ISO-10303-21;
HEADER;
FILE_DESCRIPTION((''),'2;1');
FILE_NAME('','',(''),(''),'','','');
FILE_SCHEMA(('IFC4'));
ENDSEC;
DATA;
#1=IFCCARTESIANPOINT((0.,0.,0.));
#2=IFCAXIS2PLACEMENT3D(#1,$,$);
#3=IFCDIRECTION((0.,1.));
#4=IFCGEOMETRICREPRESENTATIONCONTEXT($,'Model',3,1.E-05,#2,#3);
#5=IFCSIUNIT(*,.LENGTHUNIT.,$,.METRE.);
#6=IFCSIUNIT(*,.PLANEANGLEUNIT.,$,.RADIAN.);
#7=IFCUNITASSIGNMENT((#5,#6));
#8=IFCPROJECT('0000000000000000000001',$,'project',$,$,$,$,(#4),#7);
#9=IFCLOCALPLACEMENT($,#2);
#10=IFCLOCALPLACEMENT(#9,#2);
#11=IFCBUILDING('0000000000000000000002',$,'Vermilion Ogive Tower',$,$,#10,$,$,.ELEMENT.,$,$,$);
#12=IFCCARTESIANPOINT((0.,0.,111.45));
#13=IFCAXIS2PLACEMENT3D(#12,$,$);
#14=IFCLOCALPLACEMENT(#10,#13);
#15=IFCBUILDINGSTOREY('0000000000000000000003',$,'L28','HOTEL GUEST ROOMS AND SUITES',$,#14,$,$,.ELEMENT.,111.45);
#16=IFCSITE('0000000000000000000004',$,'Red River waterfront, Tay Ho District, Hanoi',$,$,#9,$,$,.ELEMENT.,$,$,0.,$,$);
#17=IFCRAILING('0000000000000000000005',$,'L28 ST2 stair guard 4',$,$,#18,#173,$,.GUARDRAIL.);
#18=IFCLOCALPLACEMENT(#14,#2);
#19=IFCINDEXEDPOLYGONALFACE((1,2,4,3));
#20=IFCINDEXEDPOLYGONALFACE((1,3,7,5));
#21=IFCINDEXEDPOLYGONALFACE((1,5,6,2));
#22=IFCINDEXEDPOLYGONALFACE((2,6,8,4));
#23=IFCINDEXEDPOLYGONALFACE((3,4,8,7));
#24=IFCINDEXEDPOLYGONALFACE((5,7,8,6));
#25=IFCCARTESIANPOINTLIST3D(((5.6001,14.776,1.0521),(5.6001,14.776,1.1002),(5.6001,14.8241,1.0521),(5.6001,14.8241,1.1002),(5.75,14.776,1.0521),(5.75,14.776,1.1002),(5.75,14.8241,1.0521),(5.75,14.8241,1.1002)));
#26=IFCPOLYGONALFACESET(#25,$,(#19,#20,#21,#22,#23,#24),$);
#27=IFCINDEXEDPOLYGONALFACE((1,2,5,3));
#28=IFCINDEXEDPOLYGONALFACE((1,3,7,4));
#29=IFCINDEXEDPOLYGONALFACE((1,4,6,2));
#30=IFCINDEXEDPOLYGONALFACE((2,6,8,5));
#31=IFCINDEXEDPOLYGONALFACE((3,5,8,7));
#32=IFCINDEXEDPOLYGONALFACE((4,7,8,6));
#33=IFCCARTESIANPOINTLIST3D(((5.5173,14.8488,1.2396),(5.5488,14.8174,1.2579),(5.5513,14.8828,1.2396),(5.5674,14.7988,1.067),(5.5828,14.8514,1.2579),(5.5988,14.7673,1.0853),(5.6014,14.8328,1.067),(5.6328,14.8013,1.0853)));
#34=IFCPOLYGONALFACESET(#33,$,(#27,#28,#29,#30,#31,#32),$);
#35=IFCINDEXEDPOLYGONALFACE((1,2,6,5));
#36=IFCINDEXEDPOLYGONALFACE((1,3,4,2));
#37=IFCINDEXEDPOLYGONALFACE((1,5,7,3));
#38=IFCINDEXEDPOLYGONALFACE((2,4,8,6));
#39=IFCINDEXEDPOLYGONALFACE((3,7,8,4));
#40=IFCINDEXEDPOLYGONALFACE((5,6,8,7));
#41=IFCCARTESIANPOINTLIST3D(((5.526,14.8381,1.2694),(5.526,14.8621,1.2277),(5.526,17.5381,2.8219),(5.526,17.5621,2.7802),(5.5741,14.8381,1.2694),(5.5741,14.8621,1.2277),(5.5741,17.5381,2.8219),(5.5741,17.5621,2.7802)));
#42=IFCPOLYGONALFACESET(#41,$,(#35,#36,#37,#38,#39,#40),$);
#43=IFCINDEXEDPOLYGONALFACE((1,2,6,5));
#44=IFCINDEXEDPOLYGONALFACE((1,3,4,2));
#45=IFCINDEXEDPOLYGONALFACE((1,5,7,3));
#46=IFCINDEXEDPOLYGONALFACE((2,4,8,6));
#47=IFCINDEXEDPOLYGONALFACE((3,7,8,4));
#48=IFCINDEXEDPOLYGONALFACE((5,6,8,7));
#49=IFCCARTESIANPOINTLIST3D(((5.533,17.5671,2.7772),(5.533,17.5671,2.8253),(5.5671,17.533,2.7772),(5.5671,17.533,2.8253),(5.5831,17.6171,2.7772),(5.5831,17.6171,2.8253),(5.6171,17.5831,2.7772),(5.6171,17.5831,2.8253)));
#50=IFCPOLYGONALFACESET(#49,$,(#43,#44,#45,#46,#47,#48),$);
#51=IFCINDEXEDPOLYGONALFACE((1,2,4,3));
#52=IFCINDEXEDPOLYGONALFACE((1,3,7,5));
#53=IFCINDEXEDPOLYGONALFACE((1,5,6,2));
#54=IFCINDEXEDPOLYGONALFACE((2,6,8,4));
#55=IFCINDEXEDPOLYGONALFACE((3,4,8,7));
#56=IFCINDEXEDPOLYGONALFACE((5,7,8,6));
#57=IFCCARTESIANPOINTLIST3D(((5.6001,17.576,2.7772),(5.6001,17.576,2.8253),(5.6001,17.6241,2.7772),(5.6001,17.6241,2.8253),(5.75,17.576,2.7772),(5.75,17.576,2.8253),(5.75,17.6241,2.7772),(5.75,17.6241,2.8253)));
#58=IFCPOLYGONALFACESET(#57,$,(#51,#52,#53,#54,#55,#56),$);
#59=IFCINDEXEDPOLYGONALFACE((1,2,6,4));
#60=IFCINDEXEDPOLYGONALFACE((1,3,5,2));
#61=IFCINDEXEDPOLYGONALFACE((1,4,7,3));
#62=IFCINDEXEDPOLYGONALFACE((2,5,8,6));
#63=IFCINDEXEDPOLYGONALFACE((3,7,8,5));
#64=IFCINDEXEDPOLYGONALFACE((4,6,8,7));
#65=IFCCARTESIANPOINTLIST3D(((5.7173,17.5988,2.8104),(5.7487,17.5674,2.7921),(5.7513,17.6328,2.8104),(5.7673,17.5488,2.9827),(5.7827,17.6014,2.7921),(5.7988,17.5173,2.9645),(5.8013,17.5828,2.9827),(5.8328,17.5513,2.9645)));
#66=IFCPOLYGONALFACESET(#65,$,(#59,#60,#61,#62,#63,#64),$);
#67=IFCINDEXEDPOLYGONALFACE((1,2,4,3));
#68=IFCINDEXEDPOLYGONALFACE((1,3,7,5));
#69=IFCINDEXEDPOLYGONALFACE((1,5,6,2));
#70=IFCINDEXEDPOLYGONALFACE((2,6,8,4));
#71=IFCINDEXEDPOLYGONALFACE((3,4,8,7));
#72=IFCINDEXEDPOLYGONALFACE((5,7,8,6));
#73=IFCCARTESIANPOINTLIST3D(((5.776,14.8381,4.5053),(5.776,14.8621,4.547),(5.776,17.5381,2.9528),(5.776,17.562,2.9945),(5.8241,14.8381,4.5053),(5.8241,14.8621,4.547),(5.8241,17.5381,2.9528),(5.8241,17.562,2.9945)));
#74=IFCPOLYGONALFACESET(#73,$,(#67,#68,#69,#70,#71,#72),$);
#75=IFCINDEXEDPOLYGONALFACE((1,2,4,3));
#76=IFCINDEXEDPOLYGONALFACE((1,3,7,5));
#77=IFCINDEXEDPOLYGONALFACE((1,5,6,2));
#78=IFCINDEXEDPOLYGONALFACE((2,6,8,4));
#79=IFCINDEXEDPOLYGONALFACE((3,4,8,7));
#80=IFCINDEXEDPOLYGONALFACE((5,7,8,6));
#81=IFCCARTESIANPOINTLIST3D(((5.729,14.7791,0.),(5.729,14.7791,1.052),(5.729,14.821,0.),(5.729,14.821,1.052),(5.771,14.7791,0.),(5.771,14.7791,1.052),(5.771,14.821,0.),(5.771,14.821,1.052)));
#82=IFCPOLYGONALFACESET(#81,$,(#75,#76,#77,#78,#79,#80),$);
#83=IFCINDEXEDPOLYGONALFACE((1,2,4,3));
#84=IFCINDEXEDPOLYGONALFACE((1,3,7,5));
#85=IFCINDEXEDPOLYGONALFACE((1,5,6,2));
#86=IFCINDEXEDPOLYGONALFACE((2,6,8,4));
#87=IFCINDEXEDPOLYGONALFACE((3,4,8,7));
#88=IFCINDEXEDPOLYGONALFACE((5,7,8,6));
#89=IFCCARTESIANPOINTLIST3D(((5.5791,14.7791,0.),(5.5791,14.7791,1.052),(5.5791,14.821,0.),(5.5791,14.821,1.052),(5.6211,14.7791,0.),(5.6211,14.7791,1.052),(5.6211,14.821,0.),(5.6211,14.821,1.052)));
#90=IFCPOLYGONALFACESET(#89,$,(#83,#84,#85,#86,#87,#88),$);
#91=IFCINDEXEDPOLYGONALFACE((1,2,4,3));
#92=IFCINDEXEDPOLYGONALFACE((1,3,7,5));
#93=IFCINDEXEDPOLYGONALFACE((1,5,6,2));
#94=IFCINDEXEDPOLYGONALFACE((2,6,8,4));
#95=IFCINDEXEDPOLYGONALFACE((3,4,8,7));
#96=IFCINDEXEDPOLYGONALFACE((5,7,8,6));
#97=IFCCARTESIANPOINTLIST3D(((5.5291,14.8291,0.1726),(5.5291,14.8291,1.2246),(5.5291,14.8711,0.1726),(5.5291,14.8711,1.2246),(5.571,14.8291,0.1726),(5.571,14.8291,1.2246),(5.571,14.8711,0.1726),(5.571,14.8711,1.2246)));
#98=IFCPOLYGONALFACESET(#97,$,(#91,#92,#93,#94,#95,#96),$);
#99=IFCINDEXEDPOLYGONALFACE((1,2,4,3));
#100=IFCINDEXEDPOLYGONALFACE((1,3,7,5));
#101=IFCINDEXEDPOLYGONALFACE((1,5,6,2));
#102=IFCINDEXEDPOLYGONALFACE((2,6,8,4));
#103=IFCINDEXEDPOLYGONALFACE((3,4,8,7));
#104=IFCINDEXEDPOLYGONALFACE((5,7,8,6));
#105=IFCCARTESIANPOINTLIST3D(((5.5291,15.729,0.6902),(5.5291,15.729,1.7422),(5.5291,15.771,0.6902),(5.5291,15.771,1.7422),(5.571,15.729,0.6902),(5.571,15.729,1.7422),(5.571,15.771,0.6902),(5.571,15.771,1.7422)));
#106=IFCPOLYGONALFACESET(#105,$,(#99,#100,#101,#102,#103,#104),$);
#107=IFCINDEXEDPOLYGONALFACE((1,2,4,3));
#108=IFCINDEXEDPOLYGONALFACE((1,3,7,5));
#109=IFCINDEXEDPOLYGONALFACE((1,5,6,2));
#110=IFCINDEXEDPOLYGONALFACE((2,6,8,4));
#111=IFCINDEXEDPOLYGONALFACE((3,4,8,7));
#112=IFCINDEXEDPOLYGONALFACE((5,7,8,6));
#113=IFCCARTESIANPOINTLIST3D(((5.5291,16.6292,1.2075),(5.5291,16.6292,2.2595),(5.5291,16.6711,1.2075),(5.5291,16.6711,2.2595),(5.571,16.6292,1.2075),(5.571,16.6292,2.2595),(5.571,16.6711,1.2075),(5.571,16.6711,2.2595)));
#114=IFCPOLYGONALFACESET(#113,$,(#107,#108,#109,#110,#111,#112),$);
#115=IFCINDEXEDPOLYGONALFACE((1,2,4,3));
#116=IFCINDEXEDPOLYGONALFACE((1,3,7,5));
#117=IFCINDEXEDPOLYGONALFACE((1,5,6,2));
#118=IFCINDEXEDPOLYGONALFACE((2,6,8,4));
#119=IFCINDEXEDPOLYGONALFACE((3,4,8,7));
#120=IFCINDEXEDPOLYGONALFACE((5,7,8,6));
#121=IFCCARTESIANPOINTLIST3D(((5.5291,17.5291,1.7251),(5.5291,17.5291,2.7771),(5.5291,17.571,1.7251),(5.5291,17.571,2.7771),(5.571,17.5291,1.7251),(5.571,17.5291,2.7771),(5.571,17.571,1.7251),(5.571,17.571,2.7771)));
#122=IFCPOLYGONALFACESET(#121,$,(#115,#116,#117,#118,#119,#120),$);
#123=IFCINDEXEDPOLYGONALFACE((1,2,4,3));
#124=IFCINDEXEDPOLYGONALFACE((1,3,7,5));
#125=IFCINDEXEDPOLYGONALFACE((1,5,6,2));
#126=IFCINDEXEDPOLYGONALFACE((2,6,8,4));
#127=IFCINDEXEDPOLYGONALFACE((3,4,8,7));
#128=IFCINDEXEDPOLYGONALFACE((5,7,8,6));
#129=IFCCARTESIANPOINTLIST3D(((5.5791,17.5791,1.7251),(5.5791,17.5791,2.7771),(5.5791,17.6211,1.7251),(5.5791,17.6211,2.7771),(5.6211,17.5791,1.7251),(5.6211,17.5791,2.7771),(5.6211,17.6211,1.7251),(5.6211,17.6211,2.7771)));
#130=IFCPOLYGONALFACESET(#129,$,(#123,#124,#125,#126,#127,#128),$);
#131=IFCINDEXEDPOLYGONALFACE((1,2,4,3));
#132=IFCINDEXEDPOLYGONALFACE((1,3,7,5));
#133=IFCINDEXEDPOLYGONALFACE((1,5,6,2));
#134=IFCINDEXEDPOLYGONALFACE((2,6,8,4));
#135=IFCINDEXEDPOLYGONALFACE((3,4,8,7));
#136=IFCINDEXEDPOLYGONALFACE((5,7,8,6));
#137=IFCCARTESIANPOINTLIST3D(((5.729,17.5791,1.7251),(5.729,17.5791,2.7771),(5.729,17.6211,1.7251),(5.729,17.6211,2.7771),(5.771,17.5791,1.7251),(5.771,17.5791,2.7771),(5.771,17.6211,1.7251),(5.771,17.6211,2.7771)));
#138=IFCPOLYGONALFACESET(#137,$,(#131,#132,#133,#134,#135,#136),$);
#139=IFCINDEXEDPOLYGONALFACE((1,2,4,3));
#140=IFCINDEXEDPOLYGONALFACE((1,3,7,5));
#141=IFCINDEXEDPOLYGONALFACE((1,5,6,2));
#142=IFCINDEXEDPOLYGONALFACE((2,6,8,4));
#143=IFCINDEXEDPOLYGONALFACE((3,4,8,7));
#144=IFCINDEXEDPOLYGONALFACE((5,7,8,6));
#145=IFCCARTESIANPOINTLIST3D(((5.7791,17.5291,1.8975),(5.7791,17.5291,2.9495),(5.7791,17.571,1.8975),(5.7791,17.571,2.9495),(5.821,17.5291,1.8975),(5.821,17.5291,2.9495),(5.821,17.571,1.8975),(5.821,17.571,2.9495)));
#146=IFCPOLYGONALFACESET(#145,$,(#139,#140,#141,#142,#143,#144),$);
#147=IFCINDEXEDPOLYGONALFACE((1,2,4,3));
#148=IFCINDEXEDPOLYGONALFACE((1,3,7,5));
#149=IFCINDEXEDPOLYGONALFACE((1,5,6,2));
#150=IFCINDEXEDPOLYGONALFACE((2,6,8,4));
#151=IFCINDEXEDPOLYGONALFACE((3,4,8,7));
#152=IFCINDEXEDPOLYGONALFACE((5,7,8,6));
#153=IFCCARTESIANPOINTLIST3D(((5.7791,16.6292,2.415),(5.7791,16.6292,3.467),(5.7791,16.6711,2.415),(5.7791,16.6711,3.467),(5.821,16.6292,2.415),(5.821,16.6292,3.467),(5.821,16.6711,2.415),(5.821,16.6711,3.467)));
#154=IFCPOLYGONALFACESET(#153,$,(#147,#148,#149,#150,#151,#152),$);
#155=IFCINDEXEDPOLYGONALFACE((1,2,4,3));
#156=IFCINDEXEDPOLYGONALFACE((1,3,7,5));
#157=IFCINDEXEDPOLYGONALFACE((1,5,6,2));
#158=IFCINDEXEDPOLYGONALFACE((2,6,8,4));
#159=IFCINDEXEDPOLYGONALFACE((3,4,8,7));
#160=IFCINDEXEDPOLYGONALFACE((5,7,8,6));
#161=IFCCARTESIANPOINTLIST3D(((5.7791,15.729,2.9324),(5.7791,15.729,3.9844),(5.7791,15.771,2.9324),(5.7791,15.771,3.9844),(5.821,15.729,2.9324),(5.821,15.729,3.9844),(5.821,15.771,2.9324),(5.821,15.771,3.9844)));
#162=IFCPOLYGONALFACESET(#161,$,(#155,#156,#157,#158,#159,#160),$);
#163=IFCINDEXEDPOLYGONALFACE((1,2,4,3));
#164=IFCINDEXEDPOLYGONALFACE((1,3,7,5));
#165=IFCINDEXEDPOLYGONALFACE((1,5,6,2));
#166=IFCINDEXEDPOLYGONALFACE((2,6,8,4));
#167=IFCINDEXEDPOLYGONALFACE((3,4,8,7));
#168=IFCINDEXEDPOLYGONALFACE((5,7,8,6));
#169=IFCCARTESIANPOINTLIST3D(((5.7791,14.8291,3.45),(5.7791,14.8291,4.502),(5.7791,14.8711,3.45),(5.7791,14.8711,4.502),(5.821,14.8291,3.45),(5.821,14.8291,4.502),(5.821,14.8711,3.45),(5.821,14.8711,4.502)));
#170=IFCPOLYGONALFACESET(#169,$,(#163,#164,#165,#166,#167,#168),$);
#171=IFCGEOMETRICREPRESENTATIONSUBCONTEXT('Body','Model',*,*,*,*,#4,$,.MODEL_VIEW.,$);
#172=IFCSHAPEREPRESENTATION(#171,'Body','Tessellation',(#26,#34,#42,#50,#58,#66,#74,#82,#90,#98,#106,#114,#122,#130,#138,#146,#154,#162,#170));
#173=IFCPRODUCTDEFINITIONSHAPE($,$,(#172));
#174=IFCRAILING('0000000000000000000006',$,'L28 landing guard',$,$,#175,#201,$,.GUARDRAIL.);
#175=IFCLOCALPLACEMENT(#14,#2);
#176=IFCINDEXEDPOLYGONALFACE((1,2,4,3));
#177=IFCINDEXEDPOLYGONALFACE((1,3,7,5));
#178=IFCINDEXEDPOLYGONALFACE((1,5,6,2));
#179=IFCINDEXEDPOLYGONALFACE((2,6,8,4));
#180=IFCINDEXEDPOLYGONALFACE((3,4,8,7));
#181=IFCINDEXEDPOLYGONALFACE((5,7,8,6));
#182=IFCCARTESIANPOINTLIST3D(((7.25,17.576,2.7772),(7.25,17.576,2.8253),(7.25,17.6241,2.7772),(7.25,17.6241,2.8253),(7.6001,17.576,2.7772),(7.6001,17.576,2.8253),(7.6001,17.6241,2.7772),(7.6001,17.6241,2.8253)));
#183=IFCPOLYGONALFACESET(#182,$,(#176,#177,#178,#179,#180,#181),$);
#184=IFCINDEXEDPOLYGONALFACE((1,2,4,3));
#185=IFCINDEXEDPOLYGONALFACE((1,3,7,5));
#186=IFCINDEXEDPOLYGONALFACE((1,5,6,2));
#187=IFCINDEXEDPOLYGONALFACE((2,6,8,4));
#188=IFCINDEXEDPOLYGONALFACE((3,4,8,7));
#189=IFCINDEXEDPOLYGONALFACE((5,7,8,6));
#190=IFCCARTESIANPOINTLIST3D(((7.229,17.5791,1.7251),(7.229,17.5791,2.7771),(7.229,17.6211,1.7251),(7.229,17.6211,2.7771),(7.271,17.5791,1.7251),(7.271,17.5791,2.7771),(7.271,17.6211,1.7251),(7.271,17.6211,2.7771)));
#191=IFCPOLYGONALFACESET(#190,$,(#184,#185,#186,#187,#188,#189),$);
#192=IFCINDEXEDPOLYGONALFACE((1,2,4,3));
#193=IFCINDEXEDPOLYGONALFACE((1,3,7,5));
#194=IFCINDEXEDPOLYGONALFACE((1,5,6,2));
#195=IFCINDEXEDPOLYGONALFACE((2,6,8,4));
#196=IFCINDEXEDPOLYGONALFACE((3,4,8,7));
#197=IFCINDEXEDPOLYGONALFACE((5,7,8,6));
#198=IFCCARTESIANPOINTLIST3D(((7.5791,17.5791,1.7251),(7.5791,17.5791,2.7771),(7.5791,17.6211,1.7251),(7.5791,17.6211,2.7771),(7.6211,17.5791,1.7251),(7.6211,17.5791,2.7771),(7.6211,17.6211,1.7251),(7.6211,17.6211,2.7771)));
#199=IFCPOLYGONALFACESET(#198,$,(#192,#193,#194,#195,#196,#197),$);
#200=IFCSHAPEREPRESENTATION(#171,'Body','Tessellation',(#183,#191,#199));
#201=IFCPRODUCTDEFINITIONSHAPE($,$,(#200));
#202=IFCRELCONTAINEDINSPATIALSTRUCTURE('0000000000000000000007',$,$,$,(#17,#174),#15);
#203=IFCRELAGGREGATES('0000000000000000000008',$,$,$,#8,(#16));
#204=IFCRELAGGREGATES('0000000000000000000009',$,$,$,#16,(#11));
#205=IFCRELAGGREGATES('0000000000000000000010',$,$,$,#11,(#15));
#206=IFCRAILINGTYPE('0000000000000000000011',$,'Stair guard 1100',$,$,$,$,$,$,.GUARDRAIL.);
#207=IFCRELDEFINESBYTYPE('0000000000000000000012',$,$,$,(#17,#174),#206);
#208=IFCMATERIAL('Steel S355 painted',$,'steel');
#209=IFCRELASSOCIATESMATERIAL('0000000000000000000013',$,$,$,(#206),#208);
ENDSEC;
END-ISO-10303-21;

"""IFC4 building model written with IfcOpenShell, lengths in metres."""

from ifc_helpers import new_model, si_unit, direction, frame, origin, origin_2d, place, context, subcontext, project, spatial, rectangle, extrude, material, type_object, element, save


model = new_model("IFC4")

# Units and contexts
model_context = context("Model", 3, precision=1e-05, world=origin(), true_north=direction((0.0, 1.0)))
body_context = subcontext(model_context, "Body", "Model", "MODEL_VIEW")
ifc_project = project(units=[si_unit("LENGTHUNIT", "METRE"), si_unit("PLANEANGLEUNIT", "RADIAN")], contexts=[model_context])

# Site, building, storey
site_placement = place(None, origin())
site = spatial("IfcSite", under=ifc_project, at=site_placement, Name="Red River waterfront, Tay Ho District, Hanoi", CompositionType="ELEMENT", RefElevation=0.0)
building_placement = place(site_placement, origin())
building = spatial("IfcBuilding", under=site, at=building_placement, Name="Vermilion Ogive Tower", CompositionType="ELEMENT")
storey_placement = place(building_placement, frame((0.0, 0.0, 111.45)))
storey = spatial("IfcBuildingStorey", under=building, at=storey_placement, Name="L28", Description="HOTEL GUEST ROOMS AND SUITES", CompositionType="ELEMENT", Elevation=111.45)

# Railings
ifc_material_1 = material(Name="Steel S355 painted", Category="steel")
railing_type_1 = type_object("IfcRailingType", Name="Stair guard 1100", PredefinedType="GUARDRAIL", material=ifc_material_1)
railing_1_placement = place(storey_placement, frame((5.75, 14.8, 0.0)))
element("IfcRailing", 1, at=railing_1_placement, inside=storey, type_object=railing_type_1, Name="L28 ST2 stair guard 4", PredefinedType="GUARDRAIL", context=body_context, shape_type="SweptSolid", body=[
    extrude(rectangle(XDim=0.0481, YDim=0.0481, at=origin_2d()), frame((0.0, 0.0, 1.0762), z_axis=(-1.0, 0.0, 0.0), x_axis=(0.0, -1.0, 0.0)), (0.0, 0.0, 1.0), 0.1499),
    extrude(rectangle(XDim=0.0481, YDim=0.0481, at=origin_2d()), frame((-0.1499, 0.0, 1.0762), z_axis=(-0.268278, 0.268278, 0.925232), x_axis=(-0.707107, -0.707107, 0.0)), (0.0, 0.0, 1.0), 0.1865),
    extrude(rectangle(XDim=0.0481, YDim=0.0481, at=origin_2d()), frame((-0.2, 0.05, 1.2485), z_axis=(0.0, 0.866904, 0.498476), x_axis=(-1.0, 0.0, 0.0)), (0.0, 0.0, 1.0), 3.1145),
    extrude(rectangle(XDim=0.0481, YDim=0.0481, at=origin_2d()), frame((-0.2, 2.75, 2.8013), z_axis=(0.707107, 0.707107, 0.0), x_axis=(-0.707107, 0.707107, 0.0)), (0.0, 0.0, 1.0), 0.0708),
    extrude(rectangle(XDim=0.0481, YDim=0.0481, at=origin_2d()), frame((-0.1499, 2.8, 2.8013), z_axis=(1.0, 0.0, 0.0), x_axis=(0.0, 1.0, 0.0)), (0.0, 0.0, 1.0), 0.1499),
    extrude(rectangle(XDim=0.0481, YDim=0.0481, at=origin_2d()), frame((0.0, 2.8, 2.8013), z_axis=(0.268603, -0.268603, 0.925043), x_axis=(0.707107, 0.707107, 0.0)), (0.0, 0.0, 1.0), 0.1863),
    extrude(rectangle(XDim=0.0481, YDim=0.0481, at=origin_2d()), frame((0.05, 2.75, 2.9736), z_axis=(0.0, -0.866904, 0.498476), x_axis=(1.0, 0.0, 0.0)), (0.0, 0.0, 1.0), 3.1145),
    extrude(rectangle(XDim=0.042, YDim=0.042, at=origin_2d()), origin(), (0.0, 0.0, 1.0), 1.052),
    extrude(rectangle(XDim=0.042, YDim=0.042, at=origin_2d()), frame((-0.1499, 0.0, 0.0)), (0.0, 0.0, 1.0), 1.052),
    extrude(rectangle(XDim=0.042, YDim=0.042, at=origin_2d()), frame((-0.2, 0.05, 0.1726)), (0.0, 0.0, 1.0), 1.052),
    extrude(rectangle(XDim=0.042, YDim=0.042, at=origin_2d()), frame((-0.2, 0.95, 0.6902)), (0.0, 0.0, 1.0), 1.052),
    extrude(rectangle(XDim=0.042, YDim=0.042, at=origin_2d()), frame((-0.2, 1.8501, 1.2075)), (0.0, 0.0, 1.0), 1.052),
    extrude(rectangle(XDim=0.042, YDim=0.042, at=origin_2d()), frame((-0.2, 2.75, 1.7251)), (0.0, 0.0, 1.0), 1.052),
    extrude(rectangle(XDim=0.042, YDim=0.042, at=origin_2d()), frame((-0.1499, 2.8, 1.7251)), (0.0, 0.0, 1.0), 1.052),
    extrude(rectangle(XDim=0.042, YDim=0.042, at=origin_2d()), frame((0.0, 2.8, 1.7251)), (0.0, 0.0, 1.0), 1.052),
    extrude(rectangle(XDim=0.042, YDim=0.042, at=origin_2d()), frame((0.05, 2.75, 1.8975)), (0.0, 0.0, 1.0), 1.052),
    extrude(rectangle(XDim=0.042, YDim=0.042, at=origin_2d()), frame((0.05, 1.8501, 2.415)), (0.0, 0.0, 1.0), 1.052),
    extrude(rectangle(XDim=0.042, YDim=0.042, at=origin_2d()), frame((0.05, 0.95, 2.9324)), (0.0, 0.0, 1.0), 1.052),
    extrude(rectangle(XDim=0.042, YDim=0.042, at=origin_2d()), frame((0.05, 0.05, 3.45)), (0.0, 0.0, 1.0), 1.052),
])
railing_2_placement = place(storey_placement, frame((7.25, 17.6001, 1.7251)))
element("IfcRailing", 2, at=railing_2_placement, inside=storey, type_object=railing_type_1, Name="L28 landing guard", PredefinedType="GUARDRAIL", context=body_context, shape_type="SweptSolid", body=[
    extrude(rectangle(XDim=0.0481, YDim=0.0481, at=origin_2d()), frame((0.0, 0.0, 1.0762), z_axis=(1.0, 0.0, 0.0), x_axis=(0.0, 1.0, 0.0)), (0.0, 0.0, 1.0), 0.3501),
    extrude(rectangle(XDim=0.042, YDim=0.042, at=origin_2d()), origin(), (0.0, 0.0, 1.0), 1.052),
    extrude(rectangle(XDim=0.042, YDim=0.042, at=origin_2d()), frame((0.3501, 0.0, 0.0)), (0.0, 0.0, 1.0), 1.052),
])

save(model, "model.ifc")
